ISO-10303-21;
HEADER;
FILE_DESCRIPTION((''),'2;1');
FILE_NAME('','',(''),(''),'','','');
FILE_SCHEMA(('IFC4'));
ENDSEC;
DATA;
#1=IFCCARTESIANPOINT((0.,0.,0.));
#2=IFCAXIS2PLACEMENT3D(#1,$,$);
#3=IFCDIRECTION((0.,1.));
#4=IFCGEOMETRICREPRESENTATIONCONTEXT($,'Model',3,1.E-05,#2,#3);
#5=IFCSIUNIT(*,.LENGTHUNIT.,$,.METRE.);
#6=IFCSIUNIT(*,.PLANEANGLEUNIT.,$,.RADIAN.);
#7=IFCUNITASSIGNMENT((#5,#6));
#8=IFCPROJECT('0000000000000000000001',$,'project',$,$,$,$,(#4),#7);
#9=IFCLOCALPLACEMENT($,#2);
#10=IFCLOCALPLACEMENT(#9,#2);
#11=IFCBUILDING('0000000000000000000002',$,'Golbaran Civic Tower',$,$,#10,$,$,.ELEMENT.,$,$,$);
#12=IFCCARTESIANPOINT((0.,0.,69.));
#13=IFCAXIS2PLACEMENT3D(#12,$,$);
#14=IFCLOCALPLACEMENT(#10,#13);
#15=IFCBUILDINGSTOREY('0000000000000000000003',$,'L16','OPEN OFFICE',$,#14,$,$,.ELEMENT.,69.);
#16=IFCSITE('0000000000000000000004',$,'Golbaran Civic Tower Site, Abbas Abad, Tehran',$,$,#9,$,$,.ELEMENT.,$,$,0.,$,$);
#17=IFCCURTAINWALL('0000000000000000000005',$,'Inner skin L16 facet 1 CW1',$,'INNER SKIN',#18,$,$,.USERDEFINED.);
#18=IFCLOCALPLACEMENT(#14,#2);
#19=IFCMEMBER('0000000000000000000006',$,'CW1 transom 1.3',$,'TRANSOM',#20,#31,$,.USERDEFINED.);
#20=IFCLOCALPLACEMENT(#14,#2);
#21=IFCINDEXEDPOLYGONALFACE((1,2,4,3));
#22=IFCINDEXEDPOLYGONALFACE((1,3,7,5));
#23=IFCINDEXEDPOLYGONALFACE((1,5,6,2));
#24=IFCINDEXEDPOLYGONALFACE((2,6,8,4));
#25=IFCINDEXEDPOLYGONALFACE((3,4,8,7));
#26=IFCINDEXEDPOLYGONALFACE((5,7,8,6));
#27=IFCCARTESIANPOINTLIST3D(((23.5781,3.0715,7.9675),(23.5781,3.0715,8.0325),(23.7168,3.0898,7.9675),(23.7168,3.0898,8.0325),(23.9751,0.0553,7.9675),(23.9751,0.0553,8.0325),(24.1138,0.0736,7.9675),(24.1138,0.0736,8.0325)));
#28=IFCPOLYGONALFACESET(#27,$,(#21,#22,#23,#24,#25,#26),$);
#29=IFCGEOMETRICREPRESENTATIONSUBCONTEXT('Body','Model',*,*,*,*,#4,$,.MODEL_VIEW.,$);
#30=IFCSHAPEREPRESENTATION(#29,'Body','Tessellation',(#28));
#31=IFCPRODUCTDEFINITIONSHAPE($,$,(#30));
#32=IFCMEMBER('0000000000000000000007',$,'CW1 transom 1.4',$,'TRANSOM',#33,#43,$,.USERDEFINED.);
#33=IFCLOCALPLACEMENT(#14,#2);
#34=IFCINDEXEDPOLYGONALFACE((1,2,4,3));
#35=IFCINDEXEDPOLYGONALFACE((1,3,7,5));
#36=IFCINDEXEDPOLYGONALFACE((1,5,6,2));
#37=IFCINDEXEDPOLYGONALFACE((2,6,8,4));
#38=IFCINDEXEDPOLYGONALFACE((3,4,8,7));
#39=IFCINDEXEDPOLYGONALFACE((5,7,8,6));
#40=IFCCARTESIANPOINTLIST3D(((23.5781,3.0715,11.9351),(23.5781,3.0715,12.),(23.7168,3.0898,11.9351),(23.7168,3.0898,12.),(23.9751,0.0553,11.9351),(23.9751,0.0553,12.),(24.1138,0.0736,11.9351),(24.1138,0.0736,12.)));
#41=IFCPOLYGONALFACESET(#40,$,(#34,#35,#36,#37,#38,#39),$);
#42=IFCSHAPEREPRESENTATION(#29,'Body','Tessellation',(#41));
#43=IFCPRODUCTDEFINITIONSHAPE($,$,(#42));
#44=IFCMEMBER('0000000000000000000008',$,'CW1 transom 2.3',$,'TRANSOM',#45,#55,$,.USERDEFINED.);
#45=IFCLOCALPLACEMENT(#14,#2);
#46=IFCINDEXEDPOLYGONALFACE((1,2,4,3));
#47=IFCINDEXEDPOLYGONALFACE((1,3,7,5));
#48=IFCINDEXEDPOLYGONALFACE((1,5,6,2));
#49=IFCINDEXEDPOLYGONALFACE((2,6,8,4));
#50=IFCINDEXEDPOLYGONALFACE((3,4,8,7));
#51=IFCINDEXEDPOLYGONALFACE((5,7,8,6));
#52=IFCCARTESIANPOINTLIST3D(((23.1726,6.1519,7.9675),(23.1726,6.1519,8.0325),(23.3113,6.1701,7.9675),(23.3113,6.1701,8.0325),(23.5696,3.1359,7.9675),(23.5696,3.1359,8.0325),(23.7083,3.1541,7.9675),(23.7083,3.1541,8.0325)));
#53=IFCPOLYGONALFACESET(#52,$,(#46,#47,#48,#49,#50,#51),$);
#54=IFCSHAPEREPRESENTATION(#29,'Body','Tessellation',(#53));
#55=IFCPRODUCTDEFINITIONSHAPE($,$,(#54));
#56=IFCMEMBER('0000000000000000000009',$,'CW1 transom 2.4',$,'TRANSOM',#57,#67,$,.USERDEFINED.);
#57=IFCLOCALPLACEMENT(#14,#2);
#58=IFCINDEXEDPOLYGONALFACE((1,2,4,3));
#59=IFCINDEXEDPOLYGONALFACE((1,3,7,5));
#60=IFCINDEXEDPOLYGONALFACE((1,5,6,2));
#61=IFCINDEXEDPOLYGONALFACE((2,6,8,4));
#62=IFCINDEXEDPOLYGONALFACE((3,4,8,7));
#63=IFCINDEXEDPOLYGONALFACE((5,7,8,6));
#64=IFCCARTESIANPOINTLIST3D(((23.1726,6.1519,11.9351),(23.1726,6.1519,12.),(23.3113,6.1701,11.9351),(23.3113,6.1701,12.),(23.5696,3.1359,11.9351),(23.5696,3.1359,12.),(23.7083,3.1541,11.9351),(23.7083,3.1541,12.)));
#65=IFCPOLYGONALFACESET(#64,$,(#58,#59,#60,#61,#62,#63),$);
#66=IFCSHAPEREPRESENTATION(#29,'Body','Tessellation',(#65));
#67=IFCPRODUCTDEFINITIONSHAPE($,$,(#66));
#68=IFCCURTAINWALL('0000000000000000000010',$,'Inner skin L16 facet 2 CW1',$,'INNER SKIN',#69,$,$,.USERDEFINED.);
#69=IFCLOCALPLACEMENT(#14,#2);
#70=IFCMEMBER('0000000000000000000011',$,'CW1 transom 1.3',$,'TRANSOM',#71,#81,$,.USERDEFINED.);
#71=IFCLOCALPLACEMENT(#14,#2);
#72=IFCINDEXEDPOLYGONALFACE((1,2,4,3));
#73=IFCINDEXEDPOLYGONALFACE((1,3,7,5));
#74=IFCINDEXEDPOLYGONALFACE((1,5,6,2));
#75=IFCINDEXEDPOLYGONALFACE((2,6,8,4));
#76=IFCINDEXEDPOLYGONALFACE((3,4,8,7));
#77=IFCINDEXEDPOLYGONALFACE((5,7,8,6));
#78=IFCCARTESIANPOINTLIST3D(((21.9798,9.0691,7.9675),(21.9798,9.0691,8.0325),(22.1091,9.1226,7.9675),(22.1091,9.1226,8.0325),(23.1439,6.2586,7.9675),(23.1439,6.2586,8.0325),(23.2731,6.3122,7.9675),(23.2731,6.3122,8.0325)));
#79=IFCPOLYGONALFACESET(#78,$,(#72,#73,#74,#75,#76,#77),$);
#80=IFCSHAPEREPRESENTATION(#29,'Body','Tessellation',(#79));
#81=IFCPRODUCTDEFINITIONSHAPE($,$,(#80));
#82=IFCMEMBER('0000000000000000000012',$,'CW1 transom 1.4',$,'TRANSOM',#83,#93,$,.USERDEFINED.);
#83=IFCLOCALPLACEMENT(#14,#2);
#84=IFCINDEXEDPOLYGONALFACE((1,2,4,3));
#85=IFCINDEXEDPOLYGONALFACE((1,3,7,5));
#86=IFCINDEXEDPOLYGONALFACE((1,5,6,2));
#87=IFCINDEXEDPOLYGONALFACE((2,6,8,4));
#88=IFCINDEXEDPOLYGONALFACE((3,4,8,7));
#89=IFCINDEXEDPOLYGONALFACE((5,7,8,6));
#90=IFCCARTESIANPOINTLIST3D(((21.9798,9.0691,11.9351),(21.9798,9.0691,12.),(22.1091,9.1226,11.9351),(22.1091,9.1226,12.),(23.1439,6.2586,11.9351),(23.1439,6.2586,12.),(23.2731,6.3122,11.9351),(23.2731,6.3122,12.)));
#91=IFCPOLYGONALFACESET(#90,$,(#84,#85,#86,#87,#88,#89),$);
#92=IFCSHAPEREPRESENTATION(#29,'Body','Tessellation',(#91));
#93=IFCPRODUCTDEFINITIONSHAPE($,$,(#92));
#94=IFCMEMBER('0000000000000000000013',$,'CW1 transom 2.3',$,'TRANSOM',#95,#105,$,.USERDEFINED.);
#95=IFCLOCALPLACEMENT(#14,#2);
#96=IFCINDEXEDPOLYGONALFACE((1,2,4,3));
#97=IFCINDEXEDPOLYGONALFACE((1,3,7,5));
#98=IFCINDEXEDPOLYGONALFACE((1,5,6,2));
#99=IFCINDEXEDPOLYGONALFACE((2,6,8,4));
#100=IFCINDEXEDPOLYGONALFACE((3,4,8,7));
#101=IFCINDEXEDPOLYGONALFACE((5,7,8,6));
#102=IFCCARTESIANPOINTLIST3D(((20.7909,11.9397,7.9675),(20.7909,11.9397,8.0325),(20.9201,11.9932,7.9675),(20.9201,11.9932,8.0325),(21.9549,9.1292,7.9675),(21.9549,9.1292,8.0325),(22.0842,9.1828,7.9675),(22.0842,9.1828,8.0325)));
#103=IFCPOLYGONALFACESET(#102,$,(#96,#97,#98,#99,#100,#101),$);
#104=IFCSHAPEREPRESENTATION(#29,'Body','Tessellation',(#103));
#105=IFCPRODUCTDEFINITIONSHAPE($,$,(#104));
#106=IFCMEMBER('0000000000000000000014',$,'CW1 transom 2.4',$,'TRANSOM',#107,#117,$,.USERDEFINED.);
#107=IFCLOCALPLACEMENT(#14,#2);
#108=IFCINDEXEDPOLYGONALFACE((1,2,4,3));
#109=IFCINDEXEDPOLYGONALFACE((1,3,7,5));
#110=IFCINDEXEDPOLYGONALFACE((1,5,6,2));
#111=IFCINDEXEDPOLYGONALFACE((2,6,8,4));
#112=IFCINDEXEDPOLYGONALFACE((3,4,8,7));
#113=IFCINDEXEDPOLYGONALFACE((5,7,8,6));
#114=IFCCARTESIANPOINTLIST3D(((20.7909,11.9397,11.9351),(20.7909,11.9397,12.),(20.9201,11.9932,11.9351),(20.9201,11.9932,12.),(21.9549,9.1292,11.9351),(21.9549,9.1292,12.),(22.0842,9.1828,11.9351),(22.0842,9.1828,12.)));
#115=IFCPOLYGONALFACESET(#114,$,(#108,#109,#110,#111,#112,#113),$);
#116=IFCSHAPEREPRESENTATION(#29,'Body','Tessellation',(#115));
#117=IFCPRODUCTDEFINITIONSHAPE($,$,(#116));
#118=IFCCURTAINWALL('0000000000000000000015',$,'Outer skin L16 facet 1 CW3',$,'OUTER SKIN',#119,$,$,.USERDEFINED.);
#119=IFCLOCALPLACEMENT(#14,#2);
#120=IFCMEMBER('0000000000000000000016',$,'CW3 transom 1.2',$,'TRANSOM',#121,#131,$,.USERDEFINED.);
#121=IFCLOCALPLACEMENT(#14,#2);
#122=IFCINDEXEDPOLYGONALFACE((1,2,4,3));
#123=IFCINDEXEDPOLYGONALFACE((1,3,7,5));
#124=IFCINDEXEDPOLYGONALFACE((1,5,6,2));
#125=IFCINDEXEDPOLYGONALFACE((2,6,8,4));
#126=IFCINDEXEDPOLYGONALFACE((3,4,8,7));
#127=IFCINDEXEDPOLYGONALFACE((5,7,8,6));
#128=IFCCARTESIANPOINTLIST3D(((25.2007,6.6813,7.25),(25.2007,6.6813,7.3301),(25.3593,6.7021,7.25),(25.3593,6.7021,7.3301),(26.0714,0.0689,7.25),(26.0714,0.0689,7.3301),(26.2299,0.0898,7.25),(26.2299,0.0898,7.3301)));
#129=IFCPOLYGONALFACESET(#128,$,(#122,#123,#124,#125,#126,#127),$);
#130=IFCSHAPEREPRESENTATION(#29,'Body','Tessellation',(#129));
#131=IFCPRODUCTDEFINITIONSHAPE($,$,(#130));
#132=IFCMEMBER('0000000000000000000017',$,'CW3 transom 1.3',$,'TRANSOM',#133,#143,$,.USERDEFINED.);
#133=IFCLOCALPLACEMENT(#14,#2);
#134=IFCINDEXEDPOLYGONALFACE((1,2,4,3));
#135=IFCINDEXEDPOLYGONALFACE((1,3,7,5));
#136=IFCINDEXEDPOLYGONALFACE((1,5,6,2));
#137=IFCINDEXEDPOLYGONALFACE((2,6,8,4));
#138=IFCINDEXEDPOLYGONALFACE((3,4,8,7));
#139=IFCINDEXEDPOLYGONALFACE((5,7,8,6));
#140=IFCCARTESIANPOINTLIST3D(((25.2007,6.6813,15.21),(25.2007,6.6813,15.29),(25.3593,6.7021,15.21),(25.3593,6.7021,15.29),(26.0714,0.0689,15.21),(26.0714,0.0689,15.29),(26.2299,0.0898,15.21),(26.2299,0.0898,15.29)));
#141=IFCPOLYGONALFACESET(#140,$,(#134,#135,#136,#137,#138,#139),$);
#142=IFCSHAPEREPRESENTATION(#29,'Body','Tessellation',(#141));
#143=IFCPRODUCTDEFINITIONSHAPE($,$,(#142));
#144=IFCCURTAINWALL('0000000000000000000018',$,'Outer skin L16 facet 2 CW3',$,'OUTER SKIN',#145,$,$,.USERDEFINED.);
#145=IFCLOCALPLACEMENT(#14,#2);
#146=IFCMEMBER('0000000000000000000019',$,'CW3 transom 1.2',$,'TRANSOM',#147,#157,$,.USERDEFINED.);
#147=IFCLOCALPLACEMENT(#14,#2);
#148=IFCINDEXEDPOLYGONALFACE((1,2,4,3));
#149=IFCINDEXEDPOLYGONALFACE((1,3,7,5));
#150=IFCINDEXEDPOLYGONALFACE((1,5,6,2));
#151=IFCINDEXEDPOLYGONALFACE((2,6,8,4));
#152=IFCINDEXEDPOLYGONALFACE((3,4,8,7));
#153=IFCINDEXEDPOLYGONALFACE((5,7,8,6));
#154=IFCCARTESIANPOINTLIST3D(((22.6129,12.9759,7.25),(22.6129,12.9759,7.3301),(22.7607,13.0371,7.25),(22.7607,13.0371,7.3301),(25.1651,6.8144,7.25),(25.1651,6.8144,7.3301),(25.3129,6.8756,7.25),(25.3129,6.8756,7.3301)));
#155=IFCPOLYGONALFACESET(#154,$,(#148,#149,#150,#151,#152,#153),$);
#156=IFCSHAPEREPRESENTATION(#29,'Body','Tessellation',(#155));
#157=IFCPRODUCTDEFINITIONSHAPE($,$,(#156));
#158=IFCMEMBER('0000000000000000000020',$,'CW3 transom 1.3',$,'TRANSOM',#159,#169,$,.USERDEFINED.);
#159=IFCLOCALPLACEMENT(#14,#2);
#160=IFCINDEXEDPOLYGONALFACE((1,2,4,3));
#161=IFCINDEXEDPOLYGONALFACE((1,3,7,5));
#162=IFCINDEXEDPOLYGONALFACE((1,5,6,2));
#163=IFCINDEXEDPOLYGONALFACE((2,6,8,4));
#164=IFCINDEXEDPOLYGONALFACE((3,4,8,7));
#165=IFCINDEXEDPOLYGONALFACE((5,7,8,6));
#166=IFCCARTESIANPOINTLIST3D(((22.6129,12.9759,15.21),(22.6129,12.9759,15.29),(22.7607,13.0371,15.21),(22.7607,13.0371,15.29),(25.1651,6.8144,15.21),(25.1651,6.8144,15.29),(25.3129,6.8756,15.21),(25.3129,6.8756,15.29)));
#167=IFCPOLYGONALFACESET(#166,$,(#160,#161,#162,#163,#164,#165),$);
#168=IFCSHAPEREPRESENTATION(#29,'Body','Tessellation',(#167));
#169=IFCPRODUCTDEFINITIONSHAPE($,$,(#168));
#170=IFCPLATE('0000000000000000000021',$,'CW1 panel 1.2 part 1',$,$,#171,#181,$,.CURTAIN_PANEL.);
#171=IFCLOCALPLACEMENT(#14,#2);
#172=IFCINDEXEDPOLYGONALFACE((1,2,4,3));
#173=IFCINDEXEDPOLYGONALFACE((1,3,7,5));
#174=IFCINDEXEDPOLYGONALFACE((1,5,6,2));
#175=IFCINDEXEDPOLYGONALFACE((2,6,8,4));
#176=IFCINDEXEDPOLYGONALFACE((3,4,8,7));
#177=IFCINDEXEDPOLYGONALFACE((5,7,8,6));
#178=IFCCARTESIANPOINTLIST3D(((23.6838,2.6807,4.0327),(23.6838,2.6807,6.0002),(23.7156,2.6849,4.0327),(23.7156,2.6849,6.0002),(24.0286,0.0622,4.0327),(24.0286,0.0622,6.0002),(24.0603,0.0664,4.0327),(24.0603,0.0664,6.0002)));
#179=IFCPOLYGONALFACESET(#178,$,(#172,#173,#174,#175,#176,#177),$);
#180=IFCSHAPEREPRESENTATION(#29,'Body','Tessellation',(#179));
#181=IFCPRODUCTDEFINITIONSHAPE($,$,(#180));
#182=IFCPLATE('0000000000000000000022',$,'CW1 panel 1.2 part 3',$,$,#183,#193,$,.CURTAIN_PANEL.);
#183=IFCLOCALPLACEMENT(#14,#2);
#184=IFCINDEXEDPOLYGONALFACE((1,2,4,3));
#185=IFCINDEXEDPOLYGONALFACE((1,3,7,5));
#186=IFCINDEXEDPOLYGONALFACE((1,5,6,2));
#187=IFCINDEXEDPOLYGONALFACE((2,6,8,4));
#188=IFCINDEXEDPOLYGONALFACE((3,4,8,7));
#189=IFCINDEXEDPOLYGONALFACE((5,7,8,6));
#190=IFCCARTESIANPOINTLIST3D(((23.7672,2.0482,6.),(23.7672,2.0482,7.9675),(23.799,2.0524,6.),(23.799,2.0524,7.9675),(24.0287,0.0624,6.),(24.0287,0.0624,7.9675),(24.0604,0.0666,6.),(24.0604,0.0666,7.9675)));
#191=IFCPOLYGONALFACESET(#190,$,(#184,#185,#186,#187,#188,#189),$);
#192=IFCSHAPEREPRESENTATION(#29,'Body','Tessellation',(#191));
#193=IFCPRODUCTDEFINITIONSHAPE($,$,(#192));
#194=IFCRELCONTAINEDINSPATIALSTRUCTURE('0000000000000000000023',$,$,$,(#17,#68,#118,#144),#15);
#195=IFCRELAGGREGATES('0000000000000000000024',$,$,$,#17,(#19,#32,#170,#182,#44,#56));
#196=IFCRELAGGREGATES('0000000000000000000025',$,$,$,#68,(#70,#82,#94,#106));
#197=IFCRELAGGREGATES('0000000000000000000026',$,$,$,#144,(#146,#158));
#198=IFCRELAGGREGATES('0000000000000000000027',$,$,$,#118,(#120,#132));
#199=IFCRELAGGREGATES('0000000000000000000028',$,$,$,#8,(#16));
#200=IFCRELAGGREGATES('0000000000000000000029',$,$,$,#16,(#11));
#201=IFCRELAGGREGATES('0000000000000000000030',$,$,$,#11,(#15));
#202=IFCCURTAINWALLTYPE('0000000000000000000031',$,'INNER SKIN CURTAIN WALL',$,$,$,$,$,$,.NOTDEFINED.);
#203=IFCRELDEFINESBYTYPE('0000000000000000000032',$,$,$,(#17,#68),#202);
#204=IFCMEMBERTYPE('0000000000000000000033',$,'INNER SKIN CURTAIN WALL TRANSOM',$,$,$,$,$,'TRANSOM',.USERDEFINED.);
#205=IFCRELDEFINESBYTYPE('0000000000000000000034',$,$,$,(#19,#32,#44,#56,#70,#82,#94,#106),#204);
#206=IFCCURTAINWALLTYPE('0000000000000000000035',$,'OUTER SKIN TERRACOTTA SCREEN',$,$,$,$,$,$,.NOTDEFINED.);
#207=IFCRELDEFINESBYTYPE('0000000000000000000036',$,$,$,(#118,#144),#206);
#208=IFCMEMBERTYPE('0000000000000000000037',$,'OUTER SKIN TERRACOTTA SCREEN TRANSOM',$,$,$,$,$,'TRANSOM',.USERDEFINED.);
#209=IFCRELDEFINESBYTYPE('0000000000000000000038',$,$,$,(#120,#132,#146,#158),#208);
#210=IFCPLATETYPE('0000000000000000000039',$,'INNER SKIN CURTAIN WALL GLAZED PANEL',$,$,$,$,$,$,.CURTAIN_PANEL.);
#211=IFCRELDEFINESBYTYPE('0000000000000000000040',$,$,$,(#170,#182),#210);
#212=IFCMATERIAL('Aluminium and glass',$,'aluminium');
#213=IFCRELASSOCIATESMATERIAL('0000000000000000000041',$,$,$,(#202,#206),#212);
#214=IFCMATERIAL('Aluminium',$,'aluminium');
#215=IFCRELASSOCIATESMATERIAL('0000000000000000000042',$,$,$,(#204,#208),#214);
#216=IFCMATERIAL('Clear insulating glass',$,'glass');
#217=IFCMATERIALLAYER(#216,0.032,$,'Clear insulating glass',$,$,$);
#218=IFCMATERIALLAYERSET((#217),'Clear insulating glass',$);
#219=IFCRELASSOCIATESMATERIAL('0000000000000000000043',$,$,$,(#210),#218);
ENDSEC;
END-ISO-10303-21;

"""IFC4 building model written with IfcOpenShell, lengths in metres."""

from ifc_helpers import new_model, si_unit, direction, frame, origin, origin_2d, place, context, subcontext, project, spatial, rectangle, extrude, material, layer, layer_set, material_profile, profile_set, type_object, element, aggregate, save


model = new_model("IFC4")

# Units and contexts
model_context = context("Model", 3, precision=1e-05, world=origin(), true_north=direction((0.0, 1.0)))
body_context = subcontext(model_context, "Body", "Model", "MODEL_VIEW")
ifc_project = project(units=[si_unit("LENGTHUNIT", "METRE"), si_unit("PLANEANGLEUNIT", "RADIAN")], contexts=[model_context])

# Site, building, storey
site_placement = place(None, origin())
site = spatial("IfcSite", under=ifc_project, at=site_placement, Name="Golbaran Civic Tower Site, Abbas Abad, Tehran", CompositionType="ELEMENT", RefElevation=0.0)
building_placement = place(site_placement, origin())
building = spatial("IfcBuilding", under=site, at=building_placement, Name="Golbaran Civic Tower", CompositionType="ELEMENT")
storey_placement = place(building_placement, frame((0.0, 0.0, 69.0)))
storey = spatial("IfcBuildingStorey", under=building, at=storey_placement, Name="L16", Description="OPEN OFFICE", CompositionType="ELEMENT", Elevation=69.0)

# Curtain walls, members
ifc_material_1 = material(Name="Aluminium and glass", Category="aluminium")
curtain_wall_type_1 = type_object("IfcCurtainWallType", Name="INNER SKIN CURTAIN WALL", PredefinedType="NOTDEFINED", material=ifc_material_1)
curtain_wall_1_placement = place(storey_placement, origin())
curtain_wall_1 = element("IfcCurtainWall", 1, at=curtain_wall_1_placement, inside=storey, type_object=curtain_wall_type_1, Name="Inner skin L16 facet 1 CW1", ObjectType="INNER SKIN", PredefinedType="USERDEFINED")
ifc_material_2 = material(Name="Aluminium", Category="aluminium")
ifc_material_profile_1 = material_profile(ifc_material_2, rectangle(XDim=0.1399, YDim=0.0649, at=origin_2d()), Name="INNER SKIN CURTAIN WALL TRANSOM")
ifc_profile_set_1 = profile_set([ifc_material_profile_1], Name="Aluminium")
member_type_1 = type_object("IfcMemberType", Name="INNER SKIN CURTAIN WALL TRANSOM", ElementType="TRANSOM", PredefinedType="USERDEFINED", material=ifc_profile_set_1)
member_1_placement = place(storey_placement, frame((24.0444, 0.0645, 8.0), z_axis=(-0.130492, 0.991449, 0.0), x_axis=(-0.991449, -0.130492, 0.0)))
member_1 = element("IfcMember", 2, at=member_1_placement, type_object=member_type_1, Name="CW1 transom 1.3", ObjectType="TRANSOM", PredefinedType="USERDEFINED", context=body_context, shape_type="SweptSolid", body=[
    extrude(rectangle(XDim=0.1399, YDim=0.0649, at=origin_2d()), origin(), (0.0, 0.0, 1.0), 3.0422),
])
member_2_placement = place(storey_placement, frame((24.0444, 0.0645, 11.9675), z_axis=(-0.130492, 0.991449, 0.0), x_axis=(-0.991449, -0.130492, 0.0)))
member_2 = element("IfcMember", 3, at=member_2_placement, type_object=member_type_1, Name="CW1 transom 1.4", ObjectType="TRANSOM", PredefinedType="USERDEFINED", context=body_context, shape_type="SweptSolid", body=[
    extrude(rectangle(XDim=0.1399, YDim=0.0649, at=origin_2d()), origin(), (0.0, 0.0, 1.0), 3.0422),
])
member_3_placement = place(storey_placement, frame((23.6389, 3.145, 8.0), z_axis=(-0.130502, 0.991448, 0.0), x_axis=(-0.991448, -0.130502, 0.0)))
member_3 = element("IfcMember", 4, at=member_3_placement, type_object=member_type_1, Name="CW1 transom 2.3", ObjectType="TRANSOM", PredefinedType="USERDEFINED", context=body_context, shape_type="SweptSolid", body=[
    extrude(rectangle(XDim=0.1399, YDim=0.0649, at=origin_2d()), origin(), (0.0, 0.0, 1.0), 3.042),
])
member_4_placement = place(storey_placement, frame((23.6389, 3.145, 11.9675), z_axis=(-0.130502, 0.991448, 0.0), x_axis=(-0.991448, -0.130502, 0.0)))
member_4 = element("IfcMember", 5, at=member_4_placement, type_object=member_type_1, Name="CW1 transom 2.4", ObjectType="TRANSOM", PredefinedType="USERDEFINED", context=body_context, shape_type="SweptSolid", body=[
    extrude(rectangle(XDim=0.1399, YDim=0.0649, at=origin_2d()), origin(), (0.0, 0.0, 1.0), 3.042),
])
curtain_wall_2_placement = place(storey_placement, origin())
curtain_wall_2 = element("IfcCurtainWall", 6, at=curtain_wall_2_placement, inside=storey, type_object=curtain_wall_type_1, Name="Inner skin L16 facet 2 CW1", ObjectType="INNER SKIN", PredefinedType="USERDEFINED")
member_5_placement = place(storey_placement, frame((23.2085, 6.2854, 8.0), z_axis=(-0.382654, 0.923892, 0.0), x_axis=(-0.923892, -0.382654, 0.0)))
member_5 = element("IfcMember", 7, at=member_5_placement, type_object=member_type_1, Name="CW1 transom 1.3", ObjectType="TRANSOM", PredefinedType="USERDEFINED", context=body_context, shape_type="SweptSolid", body=[
    extrude(rectangle(XDim=0.1399, YDim=0.0649, at=origin_2d()), origin(), (0.0, 0.0, 1.0), 3.042),
])
member_6_placement = place(storey_placement, frame((23.2085, 6.2854, 11.9675), z_axis=(-0.382654, 0.923892, 0.0), x_axis=(-0.923892, -0.382654, 0.0)))
member_6 = element("IfcMember", 8, at=member_6_placement, type_object=member_type_1, Name="CW1 transom 1.4", ObjectType="TRANSOM", PredefinedType="USERDEFINED", context=body_context, shape_type="SweptSolid", body=[
    extrude(rectangle(XDim=0.1399, YDim=0.0649, at=origin_2d()), origin(), (0.0, 0.0, 1.0), 3.042),
])
member_7_placement = place(storey_placement, frame((22.0195, 9.156, 8.0), z_axis=(-0.382654, 0.923892, 0.0), x_axis=(-0.923892, -0.382654, 0.0)))
member_7 = element("IfcMember", 9, at=member_7_placement, type_object=member_type_1, Name="CW1 transom 2.3", ObjectType="TRANSOM", PredefinedType="USERDEFINED", context=body_context, shape_type="SweptSolid", body=[
    extrude(rectangle(XDim=0.1399, YDim=0.0649, at=origin_2d()), origin(), (0.0, 0.0, 1.0), 3.042),
])
member_8_placement = place(storey_placement, frame((22.0195, 9.156, 11.9675), z_axis=(-0.382654, 0.923892, 0.0), x_axis=(-0.923892, -0.382654, 0.0)))
member_8 = element("IfcMember", 10, at=member_8_placement, type_object=member_type_1, Name="CW1 transom 2.4", ObjectType="TRANSOM", PredefinedType="USERDEFINED", context=body_context, shape_type="SweptSolid", body=[
    extrude(rectangle(XDim=0.1399, YDim=0.0649, at=origin_2d()), origin(), (0.0, 0.0, 1.0), 3.042),
])
curtain_wall_type_2 = type_object("IfcCurtainWallType", Name="OUTER SKIN TERRACOTTA SCREEN", PredefinedType="NOTDEFINED", material=ifc_material_1)
curtain_wall_3_placement = place(storey_placement, origin())
curtain_wall_3 = element("IfcCurtainWall", 11, at=curtain_wall_3_placement, inside=storey, type_object=curtain_wall_type_2, Name="Outer skin L16 facet 1 CW3", ObjectType="OUTER SKIN", PredefinedType="USERDEFINED")
ifc_material_profile_2 = material_profile(ifc_material_2, rectangle(XDim=0.1599, YDim=0.0801, at=origin_2d()), Name="OUTER SKIN TERRACOTTA SCREEN TRANSOM")
ifc_profile_set_2 = profile_set([ifc_material_profile_2], Name="Aluminium")
member_type_2 = type_object("IfcMemberType", Name="OUTER SKIN TERRACOTTA SCREEN TRANSOM", ElementType="TRANSOM", PredefinedType="USERDEFINED", material=ifc_profile_set_2)
member_9_placement = place(storey_placement, frame((26.1506, 0.0793, 7.29), z_axis=(-0.130538, 0.991443, 0.0), x_axis=(-0.991443, -0.130538, 0.0)))
member_9 = element("IfcMember", 12, at=member_9_placement, type_object=member_type_2, Name="CW3 transom 1.2", ObjectType="TRANSOM", PredefinedType="USERDEFINED", context=body_context, shape_type="SweptSolid", body=[
    extrude(rectangle(XDim=0.1599, YDim=0.0801, at=origin_2d()), origin(), (0.0, 0.0, 1.0), 6.6694),
])
member_10_placement = place(storey_placement, frame((26.1506, 0.0793, 15.25), z_axis=(-0.130538, 0.991443, 0.0), x_axis=(-0.991443, -0.130538, 0.0)))
member_10 = element("IfcMember", 13, at=member_10_placement, type_object=member_type_2, Name="CW3 transom 1.3", ObjectType="TRANSOM", PredefinedType="USERDEFINED", context=body_context, shape_type="SweptSolid", body=[
    extrude(rectangle(XDim=0.1599, YDim=0.0801, at=origin_2d()), origin(), (0.0, 0.0, 1.0), 6.6694),
])
curtain_wall_4_placement = place(storey_placement, origin())
curtain_wall_4 = element("IfcCurtainWall", 14, at=curtain_wall_4_placement, inside=storey, type_object=curtain_wall_type_2, Name="Outer skin L16 facet 2 CW3", ObjectType="OUTER SKIN", PredefinedType="USERDEFINED")
member_11_placement = place(storey_placement, frame((25.239, 6.845, 7.29), z_axis=(-0.382686, 0.923879, 0.0), x_axis=(-0.923879, -0.382686, 0.0)))
member_11 = element("IfcMember", 15, at=member_11_placement, type_object=member_type_2, Name="CW3 transom 1.2", ObjectType="TRANSOM", PredefinedType="USERDEFINED", context=body_context, shape_type="SweptSolid", body=[
    extrude(rectangle(XDim=0.1599, YDim=0.0801, at=origin_2d()), origin(), (0.0, 0.0, 1.0), 6.6692),
])
member_12_placement = place(storey_placement, frame((25.239, 6.845, 15.25), z_axis=(-0.382686, 0.923879, 0.0), x_axis=(-0.923879, -0.382686, 0.0)))
member_12 = element("IfcMember", 16, at=member_12_placement, type_object=member_type_2, Name="CW3 transom 1.3", ObjectType="TRANSOM", PredefinedType="USERDEFINED", context=body_context, shape_type="SweptSolid", body=[
    extrude(rectangle(XDim=0.1599, YDim=0.0801, at=origin_2d()), origin(), (0.0, 0.0, 1.0), 6.6692),
])

# Plates
ifc_material_3 = material(Name="Clear insulating glass", Category="glass")
ifc_layer_1 = layer(ifc_material_3, 0.032, Name="Clear insulating glass")
ifc_layer_set_1 = layer_set([ifc_layer_1], Name="Clear insulating glass")
plate_type_1 = type_object("IfcPlateType", Name="INNER SKIN CURTAIN WALL GLAZED PANEL", PredefinedType="CURTAIN_PANEL", material=ifc_layer_set_1)
plate_1_placement = place(storey_placement, frame((23.8721, 1.3735, 4.0327), z_axis=(0.0, 0.0, 1.0), x_axis=(-0.130526, 0.991445, 0.0)))
plate_1 = element("IfcPlate", 17, at=plate_1_placement, type_object=plate_type_1, Name="CW1 panel 1.2 part 1", PredefinedType="CURTAIN_PANEL", context=body_context, shape_type="SweptSolid", body=[
    extrude(rectangle(XDim=2.6411, YDim=0.032, at=origin_2d()), origin(), (0.0, 0.0, 1.0), 1.9675),
])
plate_2_placement = place(storey_placement, frame((23.9138, 1.0574, 6.0), z_axis=(0.0, 0.0, 1.0), x_axis=(-0.130526, 0.991445, 0.0)))
plate_2 = element("IfcPlate", 18, at=plate_2_placement, type_object=plate_type_1, Name="CW1 panel 1.2 part 3", PredefinedType="CURTAIN_PANEL", context=body_context, shape_type="SweptSolid", body=[
    extrude(rectangle(XDim=2.0029, YDim=0.032, at=origin_2d()), origin(), (0.0, 0.0, 1.0), 1.9675),
])
aggregate(curtain_wall_1, [member_1, member_2, plate_1, plate_2, member_3, member_4])
aggregate(curtain_wall_2, [member_5, member_6, member_7, member_8])
aggregate(curtain_wall_4, [member_11, member_12])
aggregate(curtain_wall_3, [member_9, member_10])

save(model, "model.ifc")
